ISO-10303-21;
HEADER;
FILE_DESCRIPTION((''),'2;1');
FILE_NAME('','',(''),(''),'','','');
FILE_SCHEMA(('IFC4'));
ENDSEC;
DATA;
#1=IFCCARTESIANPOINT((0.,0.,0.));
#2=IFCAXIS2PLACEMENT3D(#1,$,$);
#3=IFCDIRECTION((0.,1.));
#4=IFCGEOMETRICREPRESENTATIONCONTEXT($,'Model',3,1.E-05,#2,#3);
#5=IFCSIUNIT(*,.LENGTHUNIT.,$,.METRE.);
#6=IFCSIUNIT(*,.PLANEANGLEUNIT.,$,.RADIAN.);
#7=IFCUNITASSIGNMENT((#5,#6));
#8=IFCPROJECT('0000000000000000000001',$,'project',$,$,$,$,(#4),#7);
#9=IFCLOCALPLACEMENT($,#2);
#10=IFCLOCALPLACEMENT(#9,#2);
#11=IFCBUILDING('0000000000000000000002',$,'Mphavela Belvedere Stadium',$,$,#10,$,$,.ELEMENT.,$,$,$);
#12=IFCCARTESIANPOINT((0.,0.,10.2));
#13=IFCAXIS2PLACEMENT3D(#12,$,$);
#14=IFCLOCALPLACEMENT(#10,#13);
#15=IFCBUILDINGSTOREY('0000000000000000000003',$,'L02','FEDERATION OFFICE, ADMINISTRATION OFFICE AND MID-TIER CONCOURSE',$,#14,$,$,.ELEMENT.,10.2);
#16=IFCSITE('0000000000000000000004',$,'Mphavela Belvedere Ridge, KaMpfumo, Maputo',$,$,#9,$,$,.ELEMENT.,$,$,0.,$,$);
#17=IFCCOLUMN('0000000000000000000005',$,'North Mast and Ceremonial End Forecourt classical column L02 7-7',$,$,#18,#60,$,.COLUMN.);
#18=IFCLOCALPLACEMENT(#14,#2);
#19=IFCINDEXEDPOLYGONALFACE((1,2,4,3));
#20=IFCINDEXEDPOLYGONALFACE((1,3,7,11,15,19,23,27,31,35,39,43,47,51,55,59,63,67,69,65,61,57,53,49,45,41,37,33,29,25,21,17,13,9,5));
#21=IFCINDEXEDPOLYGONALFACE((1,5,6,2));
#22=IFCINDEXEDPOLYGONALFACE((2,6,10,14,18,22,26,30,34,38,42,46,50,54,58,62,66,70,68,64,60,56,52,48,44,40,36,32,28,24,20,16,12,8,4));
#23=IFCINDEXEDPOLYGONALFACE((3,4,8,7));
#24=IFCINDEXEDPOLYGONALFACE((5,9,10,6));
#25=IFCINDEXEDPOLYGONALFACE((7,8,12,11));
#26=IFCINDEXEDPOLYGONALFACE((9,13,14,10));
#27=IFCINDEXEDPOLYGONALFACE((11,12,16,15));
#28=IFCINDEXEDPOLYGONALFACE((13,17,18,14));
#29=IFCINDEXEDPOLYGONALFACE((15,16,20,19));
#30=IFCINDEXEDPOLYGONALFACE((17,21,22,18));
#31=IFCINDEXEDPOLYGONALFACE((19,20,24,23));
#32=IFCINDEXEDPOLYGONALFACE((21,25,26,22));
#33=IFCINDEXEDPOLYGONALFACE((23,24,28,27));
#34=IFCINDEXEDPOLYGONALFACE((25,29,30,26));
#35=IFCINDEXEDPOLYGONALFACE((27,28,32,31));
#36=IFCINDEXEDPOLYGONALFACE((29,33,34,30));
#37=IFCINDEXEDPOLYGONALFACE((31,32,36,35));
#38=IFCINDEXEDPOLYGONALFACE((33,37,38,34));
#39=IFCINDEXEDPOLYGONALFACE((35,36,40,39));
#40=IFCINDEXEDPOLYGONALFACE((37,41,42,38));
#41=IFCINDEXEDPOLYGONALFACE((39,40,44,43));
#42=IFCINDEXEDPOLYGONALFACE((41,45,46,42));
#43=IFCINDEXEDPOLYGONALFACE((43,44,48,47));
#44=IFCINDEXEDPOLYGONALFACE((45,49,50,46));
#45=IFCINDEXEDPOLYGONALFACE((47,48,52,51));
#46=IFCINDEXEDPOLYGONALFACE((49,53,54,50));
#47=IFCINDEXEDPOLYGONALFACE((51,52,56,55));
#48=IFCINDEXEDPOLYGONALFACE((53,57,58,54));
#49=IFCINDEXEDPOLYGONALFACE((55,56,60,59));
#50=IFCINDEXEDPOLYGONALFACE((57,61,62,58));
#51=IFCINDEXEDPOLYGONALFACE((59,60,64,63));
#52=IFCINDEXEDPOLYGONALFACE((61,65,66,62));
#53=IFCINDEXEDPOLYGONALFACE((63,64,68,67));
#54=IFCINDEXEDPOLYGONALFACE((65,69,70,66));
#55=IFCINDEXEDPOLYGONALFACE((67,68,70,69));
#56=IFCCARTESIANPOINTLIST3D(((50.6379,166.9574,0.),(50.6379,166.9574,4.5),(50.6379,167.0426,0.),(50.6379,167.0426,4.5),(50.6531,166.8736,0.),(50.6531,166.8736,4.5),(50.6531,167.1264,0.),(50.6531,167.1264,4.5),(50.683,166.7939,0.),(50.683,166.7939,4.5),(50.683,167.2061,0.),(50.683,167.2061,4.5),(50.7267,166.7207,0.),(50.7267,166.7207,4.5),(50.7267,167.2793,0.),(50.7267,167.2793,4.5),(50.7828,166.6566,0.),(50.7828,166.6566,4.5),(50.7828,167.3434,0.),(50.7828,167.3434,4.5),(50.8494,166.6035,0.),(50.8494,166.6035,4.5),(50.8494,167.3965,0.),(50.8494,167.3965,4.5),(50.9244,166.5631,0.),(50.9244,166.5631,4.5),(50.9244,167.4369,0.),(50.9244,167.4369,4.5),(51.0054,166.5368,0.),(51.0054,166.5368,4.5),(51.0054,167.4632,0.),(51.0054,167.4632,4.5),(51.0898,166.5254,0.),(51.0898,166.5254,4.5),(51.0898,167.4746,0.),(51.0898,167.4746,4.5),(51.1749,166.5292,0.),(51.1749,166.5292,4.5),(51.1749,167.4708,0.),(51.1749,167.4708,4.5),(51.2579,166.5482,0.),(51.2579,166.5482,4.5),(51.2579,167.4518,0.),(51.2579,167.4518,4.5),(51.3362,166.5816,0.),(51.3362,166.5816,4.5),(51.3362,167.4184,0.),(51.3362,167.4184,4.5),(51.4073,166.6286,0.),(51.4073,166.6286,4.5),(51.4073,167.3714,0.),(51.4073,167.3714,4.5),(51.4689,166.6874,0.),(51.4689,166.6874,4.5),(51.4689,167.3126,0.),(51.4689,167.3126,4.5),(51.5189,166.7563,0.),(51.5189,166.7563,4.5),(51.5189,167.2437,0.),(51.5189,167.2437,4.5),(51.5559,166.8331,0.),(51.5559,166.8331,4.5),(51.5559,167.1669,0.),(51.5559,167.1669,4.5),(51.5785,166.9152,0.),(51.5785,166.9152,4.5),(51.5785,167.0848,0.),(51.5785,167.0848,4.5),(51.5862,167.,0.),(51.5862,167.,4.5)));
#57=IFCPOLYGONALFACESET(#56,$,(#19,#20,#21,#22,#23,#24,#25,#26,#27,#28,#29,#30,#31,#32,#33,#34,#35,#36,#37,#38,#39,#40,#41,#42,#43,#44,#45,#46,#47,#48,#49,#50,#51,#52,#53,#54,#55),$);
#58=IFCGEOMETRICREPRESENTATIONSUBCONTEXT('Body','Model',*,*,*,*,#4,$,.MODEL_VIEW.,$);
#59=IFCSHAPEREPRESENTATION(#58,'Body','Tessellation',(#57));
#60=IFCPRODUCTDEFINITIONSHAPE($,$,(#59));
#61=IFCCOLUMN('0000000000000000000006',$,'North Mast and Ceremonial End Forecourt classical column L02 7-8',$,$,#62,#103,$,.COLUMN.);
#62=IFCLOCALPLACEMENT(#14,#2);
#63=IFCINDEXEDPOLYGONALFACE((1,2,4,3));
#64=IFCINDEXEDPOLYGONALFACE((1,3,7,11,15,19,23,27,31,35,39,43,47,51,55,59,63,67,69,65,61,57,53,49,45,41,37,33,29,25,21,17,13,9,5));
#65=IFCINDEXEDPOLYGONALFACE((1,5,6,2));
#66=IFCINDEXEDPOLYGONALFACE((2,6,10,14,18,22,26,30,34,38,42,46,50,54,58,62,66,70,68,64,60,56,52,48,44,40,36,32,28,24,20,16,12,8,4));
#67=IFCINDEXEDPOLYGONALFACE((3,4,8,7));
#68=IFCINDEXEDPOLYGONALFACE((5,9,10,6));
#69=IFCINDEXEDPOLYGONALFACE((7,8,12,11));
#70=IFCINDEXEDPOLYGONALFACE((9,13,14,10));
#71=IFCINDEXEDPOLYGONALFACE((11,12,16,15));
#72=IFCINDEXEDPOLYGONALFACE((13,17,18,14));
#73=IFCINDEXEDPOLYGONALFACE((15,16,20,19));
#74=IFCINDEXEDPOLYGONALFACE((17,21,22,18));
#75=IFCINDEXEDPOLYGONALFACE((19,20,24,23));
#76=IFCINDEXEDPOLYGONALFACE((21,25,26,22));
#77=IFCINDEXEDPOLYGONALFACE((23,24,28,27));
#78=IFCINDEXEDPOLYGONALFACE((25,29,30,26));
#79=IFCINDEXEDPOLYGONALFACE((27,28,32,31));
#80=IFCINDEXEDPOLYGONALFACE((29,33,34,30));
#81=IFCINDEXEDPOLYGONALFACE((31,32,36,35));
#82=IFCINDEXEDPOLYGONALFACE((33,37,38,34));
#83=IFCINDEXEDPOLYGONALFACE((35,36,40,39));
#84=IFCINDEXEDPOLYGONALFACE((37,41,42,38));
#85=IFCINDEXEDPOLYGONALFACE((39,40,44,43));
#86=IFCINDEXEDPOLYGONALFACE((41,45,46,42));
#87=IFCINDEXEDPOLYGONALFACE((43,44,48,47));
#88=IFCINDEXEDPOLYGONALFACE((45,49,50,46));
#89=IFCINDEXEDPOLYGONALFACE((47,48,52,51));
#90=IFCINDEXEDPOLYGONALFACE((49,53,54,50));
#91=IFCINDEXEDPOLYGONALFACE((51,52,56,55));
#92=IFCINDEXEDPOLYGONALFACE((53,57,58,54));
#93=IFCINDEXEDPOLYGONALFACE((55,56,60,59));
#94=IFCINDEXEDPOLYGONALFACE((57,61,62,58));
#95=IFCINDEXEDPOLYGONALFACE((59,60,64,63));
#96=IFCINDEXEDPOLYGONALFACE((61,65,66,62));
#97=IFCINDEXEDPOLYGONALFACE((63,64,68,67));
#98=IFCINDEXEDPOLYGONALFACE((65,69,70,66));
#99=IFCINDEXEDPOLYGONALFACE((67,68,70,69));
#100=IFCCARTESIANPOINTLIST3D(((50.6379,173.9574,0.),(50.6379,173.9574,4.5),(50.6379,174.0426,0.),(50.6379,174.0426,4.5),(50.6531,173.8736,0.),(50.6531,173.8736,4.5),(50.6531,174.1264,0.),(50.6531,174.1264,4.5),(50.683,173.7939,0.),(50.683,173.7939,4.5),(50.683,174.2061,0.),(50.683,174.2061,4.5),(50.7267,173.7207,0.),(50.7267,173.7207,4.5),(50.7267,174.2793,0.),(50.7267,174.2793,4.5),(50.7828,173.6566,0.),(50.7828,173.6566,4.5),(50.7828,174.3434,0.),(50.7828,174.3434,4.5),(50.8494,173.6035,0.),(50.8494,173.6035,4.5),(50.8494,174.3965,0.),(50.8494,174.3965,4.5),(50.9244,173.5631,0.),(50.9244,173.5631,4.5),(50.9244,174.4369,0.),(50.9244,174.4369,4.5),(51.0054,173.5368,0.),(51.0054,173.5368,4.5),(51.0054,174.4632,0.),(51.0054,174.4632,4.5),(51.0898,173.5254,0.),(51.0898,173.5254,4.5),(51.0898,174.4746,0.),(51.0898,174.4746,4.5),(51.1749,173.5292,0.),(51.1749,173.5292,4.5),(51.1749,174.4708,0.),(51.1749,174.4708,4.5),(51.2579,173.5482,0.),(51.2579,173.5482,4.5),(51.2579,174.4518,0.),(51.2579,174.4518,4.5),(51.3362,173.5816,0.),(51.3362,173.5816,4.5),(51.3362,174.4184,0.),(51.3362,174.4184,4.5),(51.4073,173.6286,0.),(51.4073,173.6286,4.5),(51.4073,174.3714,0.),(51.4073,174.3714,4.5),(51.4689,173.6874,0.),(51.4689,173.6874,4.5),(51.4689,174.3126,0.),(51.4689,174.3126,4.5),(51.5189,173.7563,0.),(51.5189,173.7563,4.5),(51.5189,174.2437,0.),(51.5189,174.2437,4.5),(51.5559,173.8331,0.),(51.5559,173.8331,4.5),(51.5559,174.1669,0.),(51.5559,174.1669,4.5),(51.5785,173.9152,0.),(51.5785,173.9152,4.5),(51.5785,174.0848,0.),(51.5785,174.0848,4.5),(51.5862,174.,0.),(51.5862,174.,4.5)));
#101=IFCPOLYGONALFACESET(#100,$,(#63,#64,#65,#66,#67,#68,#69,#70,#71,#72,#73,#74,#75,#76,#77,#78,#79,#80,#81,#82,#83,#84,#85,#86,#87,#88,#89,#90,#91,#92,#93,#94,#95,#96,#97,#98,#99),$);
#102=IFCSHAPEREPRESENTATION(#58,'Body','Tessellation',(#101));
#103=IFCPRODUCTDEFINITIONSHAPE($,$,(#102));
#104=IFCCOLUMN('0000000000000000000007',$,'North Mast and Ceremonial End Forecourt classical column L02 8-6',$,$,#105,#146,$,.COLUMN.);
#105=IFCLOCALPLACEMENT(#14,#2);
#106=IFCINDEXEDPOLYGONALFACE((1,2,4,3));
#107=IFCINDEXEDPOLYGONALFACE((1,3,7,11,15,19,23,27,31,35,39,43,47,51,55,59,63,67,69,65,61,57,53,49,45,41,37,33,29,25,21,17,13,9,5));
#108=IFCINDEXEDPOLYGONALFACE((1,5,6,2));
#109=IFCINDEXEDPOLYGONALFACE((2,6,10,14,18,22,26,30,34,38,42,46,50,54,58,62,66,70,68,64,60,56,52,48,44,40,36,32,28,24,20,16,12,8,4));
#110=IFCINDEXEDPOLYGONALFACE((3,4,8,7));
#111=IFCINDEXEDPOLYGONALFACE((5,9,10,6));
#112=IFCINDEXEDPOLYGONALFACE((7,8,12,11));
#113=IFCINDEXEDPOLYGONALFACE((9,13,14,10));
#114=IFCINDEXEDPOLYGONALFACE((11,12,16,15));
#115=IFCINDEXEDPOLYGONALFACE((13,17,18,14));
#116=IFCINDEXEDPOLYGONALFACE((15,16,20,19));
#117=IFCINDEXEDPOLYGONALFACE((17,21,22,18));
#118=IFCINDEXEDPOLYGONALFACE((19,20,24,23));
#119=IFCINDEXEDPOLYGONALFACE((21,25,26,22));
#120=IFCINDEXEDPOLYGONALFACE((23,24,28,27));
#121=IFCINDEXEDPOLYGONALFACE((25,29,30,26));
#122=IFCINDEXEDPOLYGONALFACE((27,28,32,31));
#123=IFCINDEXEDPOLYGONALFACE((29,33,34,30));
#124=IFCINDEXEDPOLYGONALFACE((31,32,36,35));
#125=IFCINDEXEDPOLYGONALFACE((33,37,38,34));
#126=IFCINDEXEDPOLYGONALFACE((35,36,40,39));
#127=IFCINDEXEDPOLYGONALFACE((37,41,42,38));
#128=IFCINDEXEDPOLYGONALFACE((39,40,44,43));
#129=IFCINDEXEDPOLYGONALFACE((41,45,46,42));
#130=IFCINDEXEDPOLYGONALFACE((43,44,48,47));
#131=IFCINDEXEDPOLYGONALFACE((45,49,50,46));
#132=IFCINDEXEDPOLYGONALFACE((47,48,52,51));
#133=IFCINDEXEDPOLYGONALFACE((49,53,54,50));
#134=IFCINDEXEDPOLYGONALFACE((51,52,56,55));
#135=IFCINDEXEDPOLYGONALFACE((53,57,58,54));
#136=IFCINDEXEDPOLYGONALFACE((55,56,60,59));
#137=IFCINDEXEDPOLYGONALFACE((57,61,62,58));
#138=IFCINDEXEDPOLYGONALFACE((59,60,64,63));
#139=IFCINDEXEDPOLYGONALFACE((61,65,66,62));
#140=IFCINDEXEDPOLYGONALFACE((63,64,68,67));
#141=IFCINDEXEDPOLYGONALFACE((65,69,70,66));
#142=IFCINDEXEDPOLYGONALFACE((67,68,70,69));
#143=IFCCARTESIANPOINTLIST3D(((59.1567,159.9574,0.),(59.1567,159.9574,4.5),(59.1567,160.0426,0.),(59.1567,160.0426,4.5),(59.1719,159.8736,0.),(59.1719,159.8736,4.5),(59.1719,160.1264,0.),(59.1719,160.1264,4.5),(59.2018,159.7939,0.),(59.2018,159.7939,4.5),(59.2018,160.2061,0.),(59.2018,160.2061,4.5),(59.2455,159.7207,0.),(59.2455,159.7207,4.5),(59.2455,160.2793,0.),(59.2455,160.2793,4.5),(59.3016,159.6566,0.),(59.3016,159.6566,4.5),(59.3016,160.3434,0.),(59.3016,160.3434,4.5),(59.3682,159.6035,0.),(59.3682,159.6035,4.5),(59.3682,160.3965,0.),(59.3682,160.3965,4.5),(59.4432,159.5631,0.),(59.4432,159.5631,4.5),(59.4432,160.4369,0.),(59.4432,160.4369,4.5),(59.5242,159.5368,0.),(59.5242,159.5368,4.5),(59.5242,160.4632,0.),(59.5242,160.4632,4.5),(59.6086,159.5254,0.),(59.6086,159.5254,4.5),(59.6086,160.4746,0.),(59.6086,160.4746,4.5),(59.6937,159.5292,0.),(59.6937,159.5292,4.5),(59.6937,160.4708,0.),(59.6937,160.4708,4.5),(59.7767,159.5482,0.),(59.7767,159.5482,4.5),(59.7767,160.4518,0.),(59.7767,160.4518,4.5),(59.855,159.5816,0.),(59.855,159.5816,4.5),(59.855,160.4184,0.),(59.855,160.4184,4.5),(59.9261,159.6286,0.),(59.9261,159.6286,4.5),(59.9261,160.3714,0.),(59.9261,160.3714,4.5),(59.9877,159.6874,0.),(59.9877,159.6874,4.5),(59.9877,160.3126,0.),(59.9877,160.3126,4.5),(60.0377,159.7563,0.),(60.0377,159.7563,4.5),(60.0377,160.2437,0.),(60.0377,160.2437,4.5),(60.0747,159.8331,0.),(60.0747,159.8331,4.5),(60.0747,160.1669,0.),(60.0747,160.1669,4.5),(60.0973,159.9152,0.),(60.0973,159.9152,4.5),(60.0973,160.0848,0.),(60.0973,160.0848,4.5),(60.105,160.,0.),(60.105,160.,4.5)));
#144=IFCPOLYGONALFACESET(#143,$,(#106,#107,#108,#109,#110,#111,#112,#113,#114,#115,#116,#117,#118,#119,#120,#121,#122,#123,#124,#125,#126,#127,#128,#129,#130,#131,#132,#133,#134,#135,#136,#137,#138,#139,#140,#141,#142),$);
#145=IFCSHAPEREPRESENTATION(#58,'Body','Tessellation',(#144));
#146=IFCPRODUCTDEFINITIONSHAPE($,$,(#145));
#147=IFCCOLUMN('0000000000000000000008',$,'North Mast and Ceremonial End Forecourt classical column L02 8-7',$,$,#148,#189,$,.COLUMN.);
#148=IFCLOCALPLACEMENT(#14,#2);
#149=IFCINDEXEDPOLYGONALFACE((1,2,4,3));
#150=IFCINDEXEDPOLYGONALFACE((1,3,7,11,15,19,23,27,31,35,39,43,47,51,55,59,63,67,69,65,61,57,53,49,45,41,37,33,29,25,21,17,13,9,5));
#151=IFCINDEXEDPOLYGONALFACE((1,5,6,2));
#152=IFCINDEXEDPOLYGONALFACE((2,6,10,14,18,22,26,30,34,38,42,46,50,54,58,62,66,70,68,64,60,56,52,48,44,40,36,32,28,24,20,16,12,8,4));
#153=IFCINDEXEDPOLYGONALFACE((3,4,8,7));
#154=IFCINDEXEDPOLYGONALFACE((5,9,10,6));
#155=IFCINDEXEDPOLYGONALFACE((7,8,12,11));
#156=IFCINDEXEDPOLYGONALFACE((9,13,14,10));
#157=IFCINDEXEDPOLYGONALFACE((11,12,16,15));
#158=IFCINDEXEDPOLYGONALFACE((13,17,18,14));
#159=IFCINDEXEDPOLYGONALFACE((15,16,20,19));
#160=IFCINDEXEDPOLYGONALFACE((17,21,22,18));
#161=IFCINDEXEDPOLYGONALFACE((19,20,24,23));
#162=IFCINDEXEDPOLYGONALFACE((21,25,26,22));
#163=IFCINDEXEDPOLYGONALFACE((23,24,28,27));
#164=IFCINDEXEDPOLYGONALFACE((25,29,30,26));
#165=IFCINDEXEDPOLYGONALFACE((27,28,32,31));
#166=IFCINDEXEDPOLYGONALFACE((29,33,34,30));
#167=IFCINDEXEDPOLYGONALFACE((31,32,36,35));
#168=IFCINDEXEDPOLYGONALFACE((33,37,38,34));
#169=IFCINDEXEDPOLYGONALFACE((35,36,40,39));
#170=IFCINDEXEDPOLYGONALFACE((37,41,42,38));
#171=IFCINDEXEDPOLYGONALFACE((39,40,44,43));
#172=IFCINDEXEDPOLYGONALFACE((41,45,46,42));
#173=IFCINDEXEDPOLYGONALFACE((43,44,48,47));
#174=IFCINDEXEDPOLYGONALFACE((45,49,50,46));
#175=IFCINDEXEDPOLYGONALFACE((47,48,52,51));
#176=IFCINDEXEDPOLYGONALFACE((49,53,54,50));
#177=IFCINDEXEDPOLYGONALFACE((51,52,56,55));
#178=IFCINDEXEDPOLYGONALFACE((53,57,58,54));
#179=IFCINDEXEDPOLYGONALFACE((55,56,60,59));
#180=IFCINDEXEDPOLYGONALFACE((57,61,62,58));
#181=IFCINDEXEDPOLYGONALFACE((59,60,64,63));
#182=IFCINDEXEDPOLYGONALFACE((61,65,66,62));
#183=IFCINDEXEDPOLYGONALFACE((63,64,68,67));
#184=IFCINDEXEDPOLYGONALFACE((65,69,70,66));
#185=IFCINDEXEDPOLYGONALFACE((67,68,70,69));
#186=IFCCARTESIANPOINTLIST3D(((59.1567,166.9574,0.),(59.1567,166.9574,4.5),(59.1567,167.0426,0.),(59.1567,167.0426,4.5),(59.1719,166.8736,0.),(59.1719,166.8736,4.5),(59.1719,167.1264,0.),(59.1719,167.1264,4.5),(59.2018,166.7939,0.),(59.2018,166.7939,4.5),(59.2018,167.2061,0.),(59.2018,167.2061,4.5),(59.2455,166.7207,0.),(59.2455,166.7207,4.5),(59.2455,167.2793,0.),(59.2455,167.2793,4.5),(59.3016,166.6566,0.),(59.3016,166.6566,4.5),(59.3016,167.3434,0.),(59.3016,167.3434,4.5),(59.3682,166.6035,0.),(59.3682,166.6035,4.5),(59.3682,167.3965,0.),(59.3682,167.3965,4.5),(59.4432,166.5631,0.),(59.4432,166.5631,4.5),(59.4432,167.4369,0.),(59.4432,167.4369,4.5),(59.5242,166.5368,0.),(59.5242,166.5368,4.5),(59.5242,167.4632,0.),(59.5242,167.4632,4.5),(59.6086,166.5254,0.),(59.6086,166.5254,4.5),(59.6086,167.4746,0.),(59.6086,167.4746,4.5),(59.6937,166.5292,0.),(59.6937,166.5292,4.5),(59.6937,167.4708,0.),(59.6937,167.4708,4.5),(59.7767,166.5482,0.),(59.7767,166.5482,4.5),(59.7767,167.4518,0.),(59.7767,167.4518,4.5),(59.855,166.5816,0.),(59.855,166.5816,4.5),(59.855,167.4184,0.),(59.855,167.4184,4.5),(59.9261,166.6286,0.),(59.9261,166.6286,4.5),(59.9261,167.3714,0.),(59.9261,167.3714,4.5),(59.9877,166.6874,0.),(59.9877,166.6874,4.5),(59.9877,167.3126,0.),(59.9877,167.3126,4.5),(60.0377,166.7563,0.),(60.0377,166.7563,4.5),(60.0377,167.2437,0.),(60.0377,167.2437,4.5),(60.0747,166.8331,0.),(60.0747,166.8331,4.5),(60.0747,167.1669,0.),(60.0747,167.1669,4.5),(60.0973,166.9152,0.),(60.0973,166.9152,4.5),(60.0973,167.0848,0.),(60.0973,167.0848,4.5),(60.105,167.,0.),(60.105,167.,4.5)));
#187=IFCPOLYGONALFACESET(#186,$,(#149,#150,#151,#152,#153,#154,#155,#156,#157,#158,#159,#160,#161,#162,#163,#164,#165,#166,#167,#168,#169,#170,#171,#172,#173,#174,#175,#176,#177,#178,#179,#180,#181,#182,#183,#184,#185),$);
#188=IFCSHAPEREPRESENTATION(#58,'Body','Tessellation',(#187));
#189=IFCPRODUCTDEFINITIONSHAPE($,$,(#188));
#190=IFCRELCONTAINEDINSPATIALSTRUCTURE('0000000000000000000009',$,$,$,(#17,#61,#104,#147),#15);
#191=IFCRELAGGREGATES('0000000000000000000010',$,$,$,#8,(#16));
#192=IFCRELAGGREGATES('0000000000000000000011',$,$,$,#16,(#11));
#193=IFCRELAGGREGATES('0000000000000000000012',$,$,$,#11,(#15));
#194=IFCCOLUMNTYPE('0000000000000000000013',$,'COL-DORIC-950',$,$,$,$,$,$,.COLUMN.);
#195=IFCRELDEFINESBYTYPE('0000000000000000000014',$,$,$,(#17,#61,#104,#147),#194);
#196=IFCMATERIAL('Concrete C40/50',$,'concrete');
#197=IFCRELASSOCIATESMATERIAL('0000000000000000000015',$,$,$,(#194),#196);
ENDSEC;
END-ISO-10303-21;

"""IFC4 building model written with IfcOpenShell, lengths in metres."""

from ifc_helpers import new_model, si_unit, direction, frame, origin, origin_2d, place, context, subcontext, project, spatial, circle, extrude, material, material_profile, profile_set, type_object, element, save


model = new_model("IFC4")

# Units and contexts
model_context = context("Model", 3, precision=1e-05, world=origin(), true_north=direction((0.0, 1.0)))
body_context = subcontext(model_context, "Body", "Model", "MODEL_VIEW")
ifc_project = project(units=[si_unit("LENGTHUNIT", "METRE"), si_unit("PLANEANGLEUNIT", "RADIAN")], contexts=[model_context])

# Site, building, storey
site_placement = place(None, origin())
site = spatial("IfcSite", under=ifc_project, at=site_placement, Name="Mphavela Belvedere Ridge, KaMpfumo, Maputo", CompositionType="ELEMENT", RefElevation=0.0)
building_placement = place(site_placement, origin())
building = spatial("IfcBuilding", under=site, at=building_placement, Name="Mphavela Belvedere Stadium", CompositionType="ELEMENT")
storey_placement = place(building_placement, frame((0.0, 0.0, 10.2)))
storey = spatial("IfcBuildingStorey", under=building, at=storey_placement, Name="L02", Description="FEDERATION OFFICE, ADMINISTRATION OFFICE AND MID-TIER CONCOURSE", CompositionType="ELEMENT", Elevation=10.2)

# Columns
ifc_material_1 = material(Name="Concrete C40/50", Category="concrete")
ifc_material_profile_1 = material_profile(ifc_material_1, circle(Radius=0.4751, at=origin_2d()), Name="COL D950")
ifc_profile_set_1 = profile_set([ifc_material_profile_1], Name="Concrete C40/50")
column_type = type_object("IfcColumnType", Name="COL-DORIC-950", PredefinedType="COLUMN", material=ifc_profile_set_1)
for number, where, z_axis, x_axis, name in (
    (1, (51.1111, 167.0, 0.0), (0.0, 0.0, 1.0), (1.0, 0.0, 0.0), "North Mast and Ceremonial End Forecourt classical column L02 7-7"),
    (2, (51.1111, 174.0, 0.0), (0.0, 0.0, 1.0), (1.0, 0.0, 0.0), "North Mast and Ceremonial End Forecourt classical column L02 7-8"),
    (3, (59.6299, 160.0, 0.0), (0.0, 0.0, 1.0), (1.0, 0.0, 0.0), "North Mast and Ceremonial End Forecourt classical column L02 8-6"),
    (4, (59.6299, 167.0, 0.0), (0.0, 0.0, 1.0), (1.0, 0.0, 0.0), "North Mast and Ceremonial End Forecourt classical column L02 8-7"),
):
    element("IfcColumn", number, at=place(storey_placement, frame(where, z_axis=z_axis, x_axis=x_axis)), inside=storey, type_object=column_type, Name=name, PredefinedType="COLUMN", context=body_context, shape_type="SweptSolid", body=[
        extrude(circle(Radius=0.4751, at=origin_2d()), origin(), (0.0, 0.0, 1.0), 4.5),
    ])

save(model, "model.ifc")
